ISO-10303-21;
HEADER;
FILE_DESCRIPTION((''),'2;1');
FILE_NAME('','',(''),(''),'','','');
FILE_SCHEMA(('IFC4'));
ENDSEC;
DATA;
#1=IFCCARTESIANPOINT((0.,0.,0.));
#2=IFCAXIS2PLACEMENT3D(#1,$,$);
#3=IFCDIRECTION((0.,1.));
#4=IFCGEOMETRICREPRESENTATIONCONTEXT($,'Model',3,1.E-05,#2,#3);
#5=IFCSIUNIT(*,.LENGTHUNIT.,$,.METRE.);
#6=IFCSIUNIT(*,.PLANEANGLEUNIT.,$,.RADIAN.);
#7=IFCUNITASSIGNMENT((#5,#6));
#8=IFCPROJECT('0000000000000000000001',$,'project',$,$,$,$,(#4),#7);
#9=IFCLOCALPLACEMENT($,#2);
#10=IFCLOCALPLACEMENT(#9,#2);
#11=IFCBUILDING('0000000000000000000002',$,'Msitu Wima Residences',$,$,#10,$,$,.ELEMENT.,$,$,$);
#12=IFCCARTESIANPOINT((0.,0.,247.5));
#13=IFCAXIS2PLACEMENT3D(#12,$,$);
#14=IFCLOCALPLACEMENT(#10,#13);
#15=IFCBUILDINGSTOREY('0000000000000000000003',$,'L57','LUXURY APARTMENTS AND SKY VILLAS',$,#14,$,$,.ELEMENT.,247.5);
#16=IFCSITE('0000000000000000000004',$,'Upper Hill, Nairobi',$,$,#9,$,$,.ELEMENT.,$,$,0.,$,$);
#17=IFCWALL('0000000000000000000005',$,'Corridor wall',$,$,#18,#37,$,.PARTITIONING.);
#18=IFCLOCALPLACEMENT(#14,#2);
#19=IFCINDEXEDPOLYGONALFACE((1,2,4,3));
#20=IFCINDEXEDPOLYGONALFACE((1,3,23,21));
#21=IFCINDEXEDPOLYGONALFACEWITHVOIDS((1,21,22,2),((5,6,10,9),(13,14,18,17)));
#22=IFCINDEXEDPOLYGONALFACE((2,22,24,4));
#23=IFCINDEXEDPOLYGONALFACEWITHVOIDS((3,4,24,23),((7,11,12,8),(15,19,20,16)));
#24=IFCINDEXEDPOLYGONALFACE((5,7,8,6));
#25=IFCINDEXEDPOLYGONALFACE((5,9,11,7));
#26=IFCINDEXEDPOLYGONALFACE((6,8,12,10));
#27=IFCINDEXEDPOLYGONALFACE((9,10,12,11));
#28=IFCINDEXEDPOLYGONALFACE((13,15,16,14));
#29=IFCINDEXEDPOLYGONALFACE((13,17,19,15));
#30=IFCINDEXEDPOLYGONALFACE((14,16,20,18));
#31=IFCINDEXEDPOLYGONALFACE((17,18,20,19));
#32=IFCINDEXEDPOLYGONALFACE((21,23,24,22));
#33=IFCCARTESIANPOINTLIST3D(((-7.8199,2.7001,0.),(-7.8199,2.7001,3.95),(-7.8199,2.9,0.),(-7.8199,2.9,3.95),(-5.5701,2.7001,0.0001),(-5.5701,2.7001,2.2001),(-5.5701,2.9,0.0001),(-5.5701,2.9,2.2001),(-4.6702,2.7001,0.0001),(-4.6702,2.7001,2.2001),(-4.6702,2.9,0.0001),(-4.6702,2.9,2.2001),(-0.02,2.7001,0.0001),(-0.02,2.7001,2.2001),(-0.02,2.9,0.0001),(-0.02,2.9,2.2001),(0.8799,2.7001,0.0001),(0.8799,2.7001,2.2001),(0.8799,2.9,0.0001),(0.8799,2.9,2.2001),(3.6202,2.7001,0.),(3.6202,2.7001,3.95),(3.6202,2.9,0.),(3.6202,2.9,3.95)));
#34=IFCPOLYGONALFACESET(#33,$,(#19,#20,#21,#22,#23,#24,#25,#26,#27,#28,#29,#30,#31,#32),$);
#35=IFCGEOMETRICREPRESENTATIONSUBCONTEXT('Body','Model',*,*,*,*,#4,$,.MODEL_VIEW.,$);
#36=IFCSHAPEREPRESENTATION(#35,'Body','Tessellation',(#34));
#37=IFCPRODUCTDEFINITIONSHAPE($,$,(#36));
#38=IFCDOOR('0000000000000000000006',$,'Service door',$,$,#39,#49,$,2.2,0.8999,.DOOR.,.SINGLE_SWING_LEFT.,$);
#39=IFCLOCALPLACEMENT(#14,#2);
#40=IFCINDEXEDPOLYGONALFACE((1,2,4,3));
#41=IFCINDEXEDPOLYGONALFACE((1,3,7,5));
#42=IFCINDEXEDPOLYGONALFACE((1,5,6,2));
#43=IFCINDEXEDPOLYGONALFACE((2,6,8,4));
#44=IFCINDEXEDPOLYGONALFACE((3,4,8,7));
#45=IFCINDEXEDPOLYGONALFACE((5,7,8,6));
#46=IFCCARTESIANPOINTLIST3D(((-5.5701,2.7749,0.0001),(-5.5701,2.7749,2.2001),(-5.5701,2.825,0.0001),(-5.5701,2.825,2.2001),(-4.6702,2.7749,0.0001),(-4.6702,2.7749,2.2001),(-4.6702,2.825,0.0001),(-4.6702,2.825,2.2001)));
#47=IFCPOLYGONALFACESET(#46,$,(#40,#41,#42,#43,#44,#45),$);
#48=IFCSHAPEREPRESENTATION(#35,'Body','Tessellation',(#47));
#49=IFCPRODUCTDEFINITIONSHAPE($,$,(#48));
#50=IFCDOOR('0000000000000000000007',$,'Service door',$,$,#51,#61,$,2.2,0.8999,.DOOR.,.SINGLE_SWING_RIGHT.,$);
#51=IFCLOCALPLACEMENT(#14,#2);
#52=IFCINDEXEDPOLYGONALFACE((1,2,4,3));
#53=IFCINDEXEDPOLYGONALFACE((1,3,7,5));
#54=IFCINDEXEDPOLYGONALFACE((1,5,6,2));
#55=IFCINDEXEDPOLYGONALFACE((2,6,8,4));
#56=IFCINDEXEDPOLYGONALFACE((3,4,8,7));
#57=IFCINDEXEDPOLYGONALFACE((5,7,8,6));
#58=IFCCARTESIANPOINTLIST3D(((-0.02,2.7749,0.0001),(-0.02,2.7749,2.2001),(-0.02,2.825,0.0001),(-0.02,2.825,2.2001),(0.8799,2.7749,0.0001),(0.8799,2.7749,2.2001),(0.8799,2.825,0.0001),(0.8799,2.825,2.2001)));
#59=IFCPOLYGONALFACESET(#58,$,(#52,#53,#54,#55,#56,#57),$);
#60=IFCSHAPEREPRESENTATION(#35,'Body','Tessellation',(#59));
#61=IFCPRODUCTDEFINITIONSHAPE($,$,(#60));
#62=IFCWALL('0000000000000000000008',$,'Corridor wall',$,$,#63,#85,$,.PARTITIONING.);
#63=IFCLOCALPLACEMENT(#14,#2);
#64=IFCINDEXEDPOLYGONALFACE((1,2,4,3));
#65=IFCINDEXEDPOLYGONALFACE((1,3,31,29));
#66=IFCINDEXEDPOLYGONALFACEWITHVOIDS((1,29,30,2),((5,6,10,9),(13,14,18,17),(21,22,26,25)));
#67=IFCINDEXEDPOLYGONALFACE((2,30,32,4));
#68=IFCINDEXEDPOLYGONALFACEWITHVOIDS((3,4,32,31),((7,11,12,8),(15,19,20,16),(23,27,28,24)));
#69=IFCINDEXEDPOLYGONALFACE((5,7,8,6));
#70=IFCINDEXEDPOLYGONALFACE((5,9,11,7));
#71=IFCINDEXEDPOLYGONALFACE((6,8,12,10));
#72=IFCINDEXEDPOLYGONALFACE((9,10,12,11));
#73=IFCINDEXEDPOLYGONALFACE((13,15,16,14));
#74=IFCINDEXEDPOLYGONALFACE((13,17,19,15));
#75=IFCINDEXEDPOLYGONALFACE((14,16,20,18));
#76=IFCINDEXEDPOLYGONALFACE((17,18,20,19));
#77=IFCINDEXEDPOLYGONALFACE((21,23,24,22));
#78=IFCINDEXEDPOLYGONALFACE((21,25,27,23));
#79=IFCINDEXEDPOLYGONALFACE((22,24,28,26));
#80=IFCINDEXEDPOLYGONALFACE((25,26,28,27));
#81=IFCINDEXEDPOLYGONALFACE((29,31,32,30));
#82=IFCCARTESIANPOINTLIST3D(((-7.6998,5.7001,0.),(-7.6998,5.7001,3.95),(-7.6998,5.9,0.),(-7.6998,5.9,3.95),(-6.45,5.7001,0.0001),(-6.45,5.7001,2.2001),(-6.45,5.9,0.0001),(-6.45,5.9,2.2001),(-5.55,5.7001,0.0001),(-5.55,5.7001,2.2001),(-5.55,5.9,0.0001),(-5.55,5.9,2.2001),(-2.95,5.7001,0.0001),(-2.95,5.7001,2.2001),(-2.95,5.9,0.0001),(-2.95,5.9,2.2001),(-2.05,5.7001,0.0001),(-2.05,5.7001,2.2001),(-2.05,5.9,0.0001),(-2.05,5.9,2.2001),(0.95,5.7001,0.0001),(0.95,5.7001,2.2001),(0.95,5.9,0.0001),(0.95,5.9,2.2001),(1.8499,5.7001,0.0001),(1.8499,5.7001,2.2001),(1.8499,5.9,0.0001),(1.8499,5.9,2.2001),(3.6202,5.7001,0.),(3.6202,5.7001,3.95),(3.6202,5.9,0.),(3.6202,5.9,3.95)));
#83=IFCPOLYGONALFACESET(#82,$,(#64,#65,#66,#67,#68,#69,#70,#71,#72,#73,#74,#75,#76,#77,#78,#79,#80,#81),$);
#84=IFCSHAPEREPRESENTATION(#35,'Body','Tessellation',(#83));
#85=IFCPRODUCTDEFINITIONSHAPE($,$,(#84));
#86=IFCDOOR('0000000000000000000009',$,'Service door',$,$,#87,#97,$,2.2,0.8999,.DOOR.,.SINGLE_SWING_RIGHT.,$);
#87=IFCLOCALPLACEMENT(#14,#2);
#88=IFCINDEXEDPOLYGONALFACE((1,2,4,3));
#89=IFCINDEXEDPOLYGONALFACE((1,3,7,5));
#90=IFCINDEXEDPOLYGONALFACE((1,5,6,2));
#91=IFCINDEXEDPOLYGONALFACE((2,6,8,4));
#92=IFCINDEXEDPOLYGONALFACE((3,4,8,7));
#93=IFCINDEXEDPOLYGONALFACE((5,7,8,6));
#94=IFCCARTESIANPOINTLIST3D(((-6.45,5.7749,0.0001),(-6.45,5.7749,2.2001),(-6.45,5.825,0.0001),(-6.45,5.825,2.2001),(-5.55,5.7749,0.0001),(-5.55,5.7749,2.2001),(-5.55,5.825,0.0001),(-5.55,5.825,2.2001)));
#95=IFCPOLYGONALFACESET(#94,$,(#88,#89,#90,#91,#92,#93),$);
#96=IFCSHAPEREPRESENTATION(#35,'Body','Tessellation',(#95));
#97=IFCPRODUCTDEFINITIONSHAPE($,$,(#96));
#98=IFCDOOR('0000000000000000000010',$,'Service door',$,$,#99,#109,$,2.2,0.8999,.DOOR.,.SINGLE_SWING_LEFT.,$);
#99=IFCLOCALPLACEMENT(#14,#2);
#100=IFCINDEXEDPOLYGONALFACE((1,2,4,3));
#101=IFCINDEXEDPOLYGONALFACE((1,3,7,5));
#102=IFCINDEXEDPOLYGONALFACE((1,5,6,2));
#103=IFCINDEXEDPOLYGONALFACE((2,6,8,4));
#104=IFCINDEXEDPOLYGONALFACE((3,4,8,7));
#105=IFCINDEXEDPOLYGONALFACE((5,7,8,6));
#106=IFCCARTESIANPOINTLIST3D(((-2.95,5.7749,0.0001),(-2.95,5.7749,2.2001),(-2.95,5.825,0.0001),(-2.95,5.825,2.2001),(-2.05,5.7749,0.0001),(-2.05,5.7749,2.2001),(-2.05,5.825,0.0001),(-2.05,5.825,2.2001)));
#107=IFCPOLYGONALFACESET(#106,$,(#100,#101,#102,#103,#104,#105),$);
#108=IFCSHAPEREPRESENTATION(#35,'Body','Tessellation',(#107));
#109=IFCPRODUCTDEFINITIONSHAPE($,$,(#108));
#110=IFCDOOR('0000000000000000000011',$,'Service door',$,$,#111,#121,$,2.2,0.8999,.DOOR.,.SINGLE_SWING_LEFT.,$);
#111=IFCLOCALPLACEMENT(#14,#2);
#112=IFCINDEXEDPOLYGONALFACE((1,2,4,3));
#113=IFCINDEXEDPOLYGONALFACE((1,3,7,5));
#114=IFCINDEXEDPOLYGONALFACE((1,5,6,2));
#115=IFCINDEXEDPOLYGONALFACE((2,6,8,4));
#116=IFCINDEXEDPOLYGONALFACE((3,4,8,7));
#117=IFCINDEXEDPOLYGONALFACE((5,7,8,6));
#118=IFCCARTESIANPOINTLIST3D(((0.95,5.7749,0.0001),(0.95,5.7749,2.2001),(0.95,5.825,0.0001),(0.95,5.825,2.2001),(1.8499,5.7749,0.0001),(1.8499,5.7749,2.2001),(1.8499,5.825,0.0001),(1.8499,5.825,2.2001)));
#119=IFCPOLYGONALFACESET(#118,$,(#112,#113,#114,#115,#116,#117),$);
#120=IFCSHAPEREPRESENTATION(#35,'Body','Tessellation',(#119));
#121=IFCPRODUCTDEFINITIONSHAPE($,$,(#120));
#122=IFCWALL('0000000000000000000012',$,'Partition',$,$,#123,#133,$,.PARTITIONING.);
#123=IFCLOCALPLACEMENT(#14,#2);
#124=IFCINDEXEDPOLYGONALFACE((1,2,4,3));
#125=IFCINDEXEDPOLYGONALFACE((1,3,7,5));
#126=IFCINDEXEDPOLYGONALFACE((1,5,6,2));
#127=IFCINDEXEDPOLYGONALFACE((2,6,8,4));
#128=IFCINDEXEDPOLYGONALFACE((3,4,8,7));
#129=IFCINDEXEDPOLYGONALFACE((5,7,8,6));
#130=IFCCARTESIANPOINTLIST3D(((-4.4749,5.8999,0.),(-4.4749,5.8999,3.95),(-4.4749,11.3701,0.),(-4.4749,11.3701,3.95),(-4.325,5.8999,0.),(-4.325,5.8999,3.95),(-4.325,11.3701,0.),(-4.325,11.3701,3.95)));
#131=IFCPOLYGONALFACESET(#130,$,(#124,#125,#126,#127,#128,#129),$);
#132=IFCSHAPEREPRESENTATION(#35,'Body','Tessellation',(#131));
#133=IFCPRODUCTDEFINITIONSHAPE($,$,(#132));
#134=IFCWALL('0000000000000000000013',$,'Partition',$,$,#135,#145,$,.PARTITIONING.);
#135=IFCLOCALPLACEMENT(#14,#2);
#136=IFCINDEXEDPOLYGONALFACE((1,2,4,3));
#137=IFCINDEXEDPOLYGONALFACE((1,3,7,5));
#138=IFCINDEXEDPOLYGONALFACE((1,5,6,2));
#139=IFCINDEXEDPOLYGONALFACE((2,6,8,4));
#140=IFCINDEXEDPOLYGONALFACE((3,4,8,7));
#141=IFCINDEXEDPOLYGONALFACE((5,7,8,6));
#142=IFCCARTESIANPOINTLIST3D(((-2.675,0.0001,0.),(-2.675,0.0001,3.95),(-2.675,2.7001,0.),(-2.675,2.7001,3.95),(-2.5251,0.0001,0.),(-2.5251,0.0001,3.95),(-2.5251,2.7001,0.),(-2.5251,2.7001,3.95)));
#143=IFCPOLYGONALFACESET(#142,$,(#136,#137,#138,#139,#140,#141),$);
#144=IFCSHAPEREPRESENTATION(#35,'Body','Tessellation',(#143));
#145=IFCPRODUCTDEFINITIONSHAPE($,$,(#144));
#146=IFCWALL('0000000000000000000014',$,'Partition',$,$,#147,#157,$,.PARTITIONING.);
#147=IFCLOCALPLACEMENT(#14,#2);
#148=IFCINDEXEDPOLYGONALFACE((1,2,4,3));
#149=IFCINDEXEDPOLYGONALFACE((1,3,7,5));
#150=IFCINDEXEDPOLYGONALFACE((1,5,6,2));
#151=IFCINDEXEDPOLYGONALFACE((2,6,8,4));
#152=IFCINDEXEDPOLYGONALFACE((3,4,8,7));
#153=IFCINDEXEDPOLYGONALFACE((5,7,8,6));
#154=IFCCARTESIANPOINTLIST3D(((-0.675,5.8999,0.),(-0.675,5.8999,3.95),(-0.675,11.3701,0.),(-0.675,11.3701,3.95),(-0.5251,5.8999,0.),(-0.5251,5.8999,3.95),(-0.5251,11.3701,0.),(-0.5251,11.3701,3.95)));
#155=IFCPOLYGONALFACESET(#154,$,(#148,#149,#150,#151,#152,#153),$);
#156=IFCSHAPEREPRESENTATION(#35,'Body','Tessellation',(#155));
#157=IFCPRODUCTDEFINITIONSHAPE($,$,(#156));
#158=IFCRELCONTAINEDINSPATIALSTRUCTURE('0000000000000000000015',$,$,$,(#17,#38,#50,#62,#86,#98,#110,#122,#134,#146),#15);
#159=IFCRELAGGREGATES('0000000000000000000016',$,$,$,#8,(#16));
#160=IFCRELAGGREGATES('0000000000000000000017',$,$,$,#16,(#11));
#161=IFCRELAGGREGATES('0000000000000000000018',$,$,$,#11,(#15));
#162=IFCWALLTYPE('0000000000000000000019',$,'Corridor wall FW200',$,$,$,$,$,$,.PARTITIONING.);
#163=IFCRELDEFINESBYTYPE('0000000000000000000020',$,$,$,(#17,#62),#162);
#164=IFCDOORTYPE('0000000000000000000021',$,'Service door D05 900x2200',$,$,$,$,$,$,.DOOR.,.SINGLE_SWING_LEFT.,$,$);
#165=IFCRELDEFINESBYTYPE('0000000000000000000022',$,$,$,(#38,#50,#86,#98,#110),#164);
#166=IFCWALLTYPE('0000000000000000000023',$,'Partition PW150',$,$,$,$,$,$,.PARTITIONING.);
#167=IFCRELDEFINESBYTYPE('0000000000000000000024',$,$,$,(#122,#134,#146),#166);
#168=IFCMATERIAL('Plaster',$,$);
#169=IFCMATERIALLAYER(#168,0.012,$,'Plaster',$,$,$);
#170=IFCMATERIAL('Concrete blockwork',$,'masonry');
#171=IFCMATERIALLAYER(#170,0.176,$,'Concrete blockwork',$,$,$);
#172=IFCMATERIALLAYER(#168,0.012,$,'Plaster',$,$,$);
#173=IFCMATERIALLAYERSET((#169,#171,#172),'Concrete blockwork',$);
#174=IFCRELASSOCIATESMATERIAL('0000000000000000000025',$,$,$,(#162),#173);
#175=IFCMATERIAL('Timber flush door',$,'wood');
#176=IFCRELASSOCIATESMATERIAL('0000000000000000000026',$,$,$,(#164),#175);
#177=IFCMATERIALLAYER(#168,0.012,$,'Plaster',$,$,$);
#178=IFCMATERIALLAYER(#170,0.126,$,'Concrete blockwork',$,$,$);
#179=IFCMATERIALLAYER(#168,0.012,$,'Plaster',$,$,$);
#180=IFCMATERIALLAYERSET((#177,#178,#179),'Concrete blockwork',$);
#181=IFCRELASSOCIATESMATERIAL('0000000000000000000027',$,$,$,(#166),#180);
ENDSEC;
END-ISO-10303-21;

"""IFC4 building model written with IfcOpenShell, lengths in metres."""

from ifc_helpers import new_model, si_unit, direction, frame, frame_2d, origin, place, context, subcontext, project, spatial, rectangle, extrude, material, layer, layer_set, type_object, element, fill, save


model = new_model("IFC4")

# Units and contexts
model_context = context("Model", 3, precision=1e-05, world=origin(), true_north=direction((0.0, 1.0)))
body_context = subcontext(model_context, "Body", "Model", "MODEL_VIEW")
ifc_project = project(units=[si_unit("LENGTHUNIT", "METRE"), si_unit("PLANEANGLEUNIT", "RADIAN")], contexts=[model_context])

# Site, building, storey
site_placement = place(None, origin())
site = spatial("IfcSite", under=ifc_project, at=site_placement, Name="Upper Hill, Nairobi", CompositionType="ELEMENT", RefElevation=0.0)
building_placement = place(site_placement, origin())
building = spatial("IfcBuilding", under=site, at=building_placement, Name="Msitu Wima Residences", CompositionType="ELEMENT")
storey_placement = place(building_placement, frame((0.0, 0.0, 247.5)))
storey = spatial("IfcBuildingStorey", under=building, at=storey_placement, Name="L57", Description="LUXURY APARTMENTS AND SKY VILLAS", CompositionType="ELEMENT", Elevation=247.5)

# Wall, openings, doors
ifc_material_1 = material(Name="Plaster")
ifc_layer_1 = layer(ifc_material_1, 0.012, Name="Plaster")
ifc_material_2 = material(Name="Concrete blockwork", Category="masonry")
ifc_layer_2 = layer(ifc_material_2, 0.176, Name="Concrete blockwork")
ifc_layer_3 = layer(ifc_material_1, 0.012, Name="Plaster")
ifc_layer_set_1 = layer_set([ifc_layer_1, ifc_layer_2, ifc_layer_3], Name="Concrete blockwork")
wall_type_1 = type_object("IfcWallType", Name="Corridor wall FW200", PredefinedType="PARTITIONING", material=ifc_layer_set_1)
wall_1_placement = place(storey_placement, frame((-7.8201, 2.8, 0.0), z_axis=(0.0, 0.0, 1.0), x_axis=(1.0, 0.0, 0.0)))
wall_1 = element("IfcWall", 1, at=wall_1_placement, inside=storey, type_object=wall_type_1, Name="Corridor wall", PredefinedType="PARTITIONING", context=body_context, shape_type="SweptSolid", body=[
    extrude(rectangle(XDim=11.4402, YDim=0.2, at=frame_2d((5.7202, 0.0))), origin(), (0.0, 0.0, 1.0), 3.95),
])
opening_1_placement = place(wall_1_placement, frame((2.25, 0.0, 0.0)))
opening_1 = element("IfcOpeningElement", 2, at=opening_1_placement, cuts=wall_1, PredefinedType="OPENING", context=body_context, shape_type="SweptSolid", body=[
    extrude(rectangle(XDim=0.8999, YDim=2.2, at=frame_2d((0.45, 1.1001))), frame((0.0, 0.1099, 0.0), z_axis=(0.0, -1.0, 0.0), x_axis=(1.0, 0.0, 0.0)), (0.0, 0.0, 1.0), 0.22),
])
opening_2_placement = place(wall_1_placement, frame((7.8, 0.0, 0.0)))
opening_2 = element("IfcOpeningElement", 3, at=opening_2_placement, cuts=wall_1, PredefinedType="OPENING", context=body_context, shape_type="SweptSolid", body=[
    extrude(rectangle(XDim=0.8999, YDim=2.2, at=frame_2d((0.45, 1.1001))), frame((0.0, 0.1099, 0.0), z_axis=(0.0, -1.0, 0.0), x_axis=(1.0, 0.0, 0.0)), (0.0, 0.0, 1.0), 0.22),
])
ifc_material_3 = material(Name="Timber flush door", Category="wood")
door_type_1 = type_object("IfcDoorType", Name="Service door D05 900x2200", OperationType="SINGLE_SWING_LEFT", PredefinedType="DOOR", material=ifc_material_3)
door_1_placement = place(opening_1_placement, origin())
door_1 = element("IfcDoor", 4, at=door_1_placement, inside=storey, type_object=door_type_1, Name="Service door", OperationType="SINGLE_SWING_LEFT", OverallHeight=2.2, OverallWidth=0.8999, PredefinedType="DOOR", context=body_context, shape_type="SweptSolid", body=[
    extrude(rectangle(XDim=0.8999, YDim=2.2, at=frame_2d((0.45, 1.1001))), frame((0.0, 0.0249, 0.0), z_axis=(0.0, -1.0, 0.0), x_axis=(1.0, 0.0, 0.0)), (0.0, 0.0, 1.0), 0.05),
])
fill(opening_1, door_1)
door_2_placement = place(opening_2_placement, origin())
door_2 = element("IfcDoor", 5, at=door_2_placement, inside=storey, type_object=door_type_1, Name="Service door", OperationType="SINGLE_SWING_RIGHT", OverallHeight=2.2, OverallWidth=0.8999, PredefinedType="DOOR", context=body_context, shape_type="SweptSolid", body=[
    extrude(rectangle(XDim=0.8999, YDim=2.2, at=frame_2d((0.45, 1.1001))), frame((0.0, 0.0249, 0.0), z_axis=(0.0, -1.0, 0.0), x_axis=(1.0, 0.0, 0.0)), (0.0, 0.0, 1.0), 0.05),
])
fill(opening_2, door_2)

# Wall, openings, doors
wall_2_placement = place(storey_placement, frame((-7.7, 5.8, 0.0), z_axis=(0.0, 0.0, 1.0), x_axis=(1.0, 0.0, 0.0)))
wall_2 = element("IfcWall", 6, at=wall_2_placement, inside=storey, type_object=wall_type_1, Name="Corridor wall", PredefinedType="PARTITIONING", context=body_context, shape_type="SweptSolid", body=[
    extrude(rectangle(XDim=11.3201, YDim=0.2, at=frame_2d((5.6602, 0.0))), origin(), (0.0, 0.0, 1.0), 3.95),
])
opening_3_placement = place(wall_2_placement, frame((1.25, 0.0, 0.0)))
opening_3 = element("IfcOpeningElement", 7, at=opening_3_placement, cuts=wall_2, PredefinedType="OPENING", context=body_context, shape_type="SweptSolid", body=[
    extrude(rectangle(XDim=0.8999, YDim=2.2, at=frame_2d((0.45, 1.1001))), frame((0.0, 0.1099, 0.0), z_axis=(0.0, -1.0, 0.0), x_axis=(1.0, 0.0, 0.0)), (0.0, 0.0, 1.0), 0.22),
])
opening_4_placement = place(wall_2_placement, frame((4.75, 0.0, 0.0)))
opening_4 = element("IfcOpeningElement", 8, at=opening_4_placement, cuts=wall_2, PredefinedType="OPENING", context=body_context, shape_type="SweptSolid", body=[
    extrude(rectangle(XDim=0.8999, YDim=2.2, at=frame_2d((0.45, 1.1001))), frame((0.0, 0.1099, 0.0), z_axis=(0.0, -1.0, 0.0), x_axis=(1.0, 0.0, 0.0)), (0.0, 0.0, 1.0), 0.22),
])
opening_5_placement = place(wall_2_placement, frame((8.6499, 0.0, 0.0)))
opening_5 = element("IfcOpeningElement", 9, at=opening_5_placement, cuts=wall_2, PredefinedType="OPENING", context=body_context, shape_type="SweptSolid", body=[
    extrude(rectangle(XDim=0.8999, YDim=2.2, at=frame_2d((0.45, 1.1001))), frame((0.0, 0.1099, 0.0), z_axis=(0.0, -1.0, 0.0), x_axis=(1.0, 0.0, 0.0)), (0.0, 0.0, 1.0), 0.22),
])
door_3_placement = place(opening_3_placement, origin())
door_3 = element("IfcDoor", 10, at=door_3_placement, inside=storey, type_object=door_type_1, Name="Service door", OperationType="SINGLE_SWING_RIGHT", OverallHeight=2.2, OverallWidth=0.8999, PredefinedType="DOOR", context=body_context, shape_type="SweptSolid", body=[
    extrude(rectangle(XDim=0.8999, YDim=2.2, at=frame_2d((0.45, 1.1001))), frame((0.0, 0.0249, 0.0), z_axis=(0.0, -1.0, 0.0), x_axis=(1.0, 0.0, 0.0)), (0.0, 0.0, 1.0), 0.05),
])
fill(opening_3, door_3)
door_4_placement = place(opening_4_placement, origin())
door_4 = element("IfcDoor", 11, at=door_4_placement, inside=storey, type_object=door_type_1, Name="Service door", OperationType="SINGLE_SWING_LEFT", OverallHeight=2.2, OverallWidth=0.8999, PredefinedType="DOOR", context=body_context, shape_type="SweptSolid", body=[
    extrude(rectangle(XDim=0.8999, YDim=2.2, at=frame_2d((0.45, 1.1001))), frame((0.0, 0.0249, 0.0), z_axis=(0.0, -1.0, 0.0), x_axis=(1.0, 0.0, 0.0)), (0.0, 0.0, 1.0), 0.05),
])
fill(opening_4, door_4)
door_5_placement = place(opening_5_placement, origin())
door_5 = element("IfcDoor", 12, at=door_5_placement, inside=storey, type_object=door_type_1, Name="Service door", OperationType="SINGLE_SWING_LEFT", OverallHeight=2.2, OverallWidth=0.8999, PredefinedType="DOOR", context=body_context, shape_type="SweptSolid", body=[
    extrude(rectangle(XDim=0.8999, YDim=2.2, at=frame_2d((0.45, 1.1001))), frame((0.0, 0.0249, 0.0), z_axis=(0.0, -1.0, 0.0), x_axis=(1.0, 0.0, 0.0)), (0.0, 0.0, 1.0), 0.05),
])
fill(opening_5, door_5)

# Walls
ifc_layer_4 = layer(ifc_material_1, 0.012, Name="Plaster")
ifc_layer_5 = layer(ifc_material_2, 0.126, Name="Concrete blockwork")
ifc_layer_6 = layer(ifc_material_1, 0.012, Name="Plaster")
ifc_layer_set_2 = layer_set([ifc_layer_4, ifc_layer_5, ifc_layer_6], Name="Concrete blockwork")
wall_type_2 = type_object("IfcWallType", Name="Partition PW150", PredefinedType="PARTITIONING", material=ifc_layer_set_2)
wall_3_placement = place(storey_placement, frame((-4.3999, 5.8999, 0.0), z_axis=(0.0, 0.0, 1.0), x_axis=(0.0, 1.0, 0.0)))
element("IfcWall", 13, at=wall_3_placement, inside=storey, type_object=wall_type_2, Name="Partition", PredefinedType="PARTITIONING", context=body_context, shape_type="SweptSolid", body=[
    extrude(rectangle(XDim=5.4702, YDim=0.1499, at=frame_2d((2.7351, 0.0))), origin(), (0.0, 0.0, 1.0), 3.95),
])
wall_4_placement = place(storey_placement, frame((-2.6001, 0.0, 0.0), z_axis=(0.0, 0.0, 1.0), x_axis=(0.0, 1.0, 0.0)))
element("IfcWall", 14, at=wall_4_placement, inside=storey, type_object=wall_type_2, Name="Partition", PredefinedType="PARTITIONING", context=body_context, shape_type="SweptSolid", body=[
    extrude(rectangle(XDim=2.7, YDim=0.1499, at=frame_2d((1.3501, 0.0))), origin(), (0.0, 0.0, 1.0), 3.95),
])
wall_5_placement = place(storey_placement, frame((-0.6001, 5.8999, 0.0), z_axis=(0.0, 0.0, 1.0), x_axis=(0.0, 1.0, 0.0)))
element("IfcWall", 15, at=wall_5_placement, inside=storey, type_object=wall_type_2, Name="Partition", PredefinedType="PARTITIONING", context=body_context, shape_type="SweptSolid", body=[
    extrude(rectangle(XDim=5.4702, YDim=0.1499, at=frame_2d((2.7351, 0.0))), origin(), (0.0, 0.0, 1.0), 3.95),
])

save(model, "model.ifc")
